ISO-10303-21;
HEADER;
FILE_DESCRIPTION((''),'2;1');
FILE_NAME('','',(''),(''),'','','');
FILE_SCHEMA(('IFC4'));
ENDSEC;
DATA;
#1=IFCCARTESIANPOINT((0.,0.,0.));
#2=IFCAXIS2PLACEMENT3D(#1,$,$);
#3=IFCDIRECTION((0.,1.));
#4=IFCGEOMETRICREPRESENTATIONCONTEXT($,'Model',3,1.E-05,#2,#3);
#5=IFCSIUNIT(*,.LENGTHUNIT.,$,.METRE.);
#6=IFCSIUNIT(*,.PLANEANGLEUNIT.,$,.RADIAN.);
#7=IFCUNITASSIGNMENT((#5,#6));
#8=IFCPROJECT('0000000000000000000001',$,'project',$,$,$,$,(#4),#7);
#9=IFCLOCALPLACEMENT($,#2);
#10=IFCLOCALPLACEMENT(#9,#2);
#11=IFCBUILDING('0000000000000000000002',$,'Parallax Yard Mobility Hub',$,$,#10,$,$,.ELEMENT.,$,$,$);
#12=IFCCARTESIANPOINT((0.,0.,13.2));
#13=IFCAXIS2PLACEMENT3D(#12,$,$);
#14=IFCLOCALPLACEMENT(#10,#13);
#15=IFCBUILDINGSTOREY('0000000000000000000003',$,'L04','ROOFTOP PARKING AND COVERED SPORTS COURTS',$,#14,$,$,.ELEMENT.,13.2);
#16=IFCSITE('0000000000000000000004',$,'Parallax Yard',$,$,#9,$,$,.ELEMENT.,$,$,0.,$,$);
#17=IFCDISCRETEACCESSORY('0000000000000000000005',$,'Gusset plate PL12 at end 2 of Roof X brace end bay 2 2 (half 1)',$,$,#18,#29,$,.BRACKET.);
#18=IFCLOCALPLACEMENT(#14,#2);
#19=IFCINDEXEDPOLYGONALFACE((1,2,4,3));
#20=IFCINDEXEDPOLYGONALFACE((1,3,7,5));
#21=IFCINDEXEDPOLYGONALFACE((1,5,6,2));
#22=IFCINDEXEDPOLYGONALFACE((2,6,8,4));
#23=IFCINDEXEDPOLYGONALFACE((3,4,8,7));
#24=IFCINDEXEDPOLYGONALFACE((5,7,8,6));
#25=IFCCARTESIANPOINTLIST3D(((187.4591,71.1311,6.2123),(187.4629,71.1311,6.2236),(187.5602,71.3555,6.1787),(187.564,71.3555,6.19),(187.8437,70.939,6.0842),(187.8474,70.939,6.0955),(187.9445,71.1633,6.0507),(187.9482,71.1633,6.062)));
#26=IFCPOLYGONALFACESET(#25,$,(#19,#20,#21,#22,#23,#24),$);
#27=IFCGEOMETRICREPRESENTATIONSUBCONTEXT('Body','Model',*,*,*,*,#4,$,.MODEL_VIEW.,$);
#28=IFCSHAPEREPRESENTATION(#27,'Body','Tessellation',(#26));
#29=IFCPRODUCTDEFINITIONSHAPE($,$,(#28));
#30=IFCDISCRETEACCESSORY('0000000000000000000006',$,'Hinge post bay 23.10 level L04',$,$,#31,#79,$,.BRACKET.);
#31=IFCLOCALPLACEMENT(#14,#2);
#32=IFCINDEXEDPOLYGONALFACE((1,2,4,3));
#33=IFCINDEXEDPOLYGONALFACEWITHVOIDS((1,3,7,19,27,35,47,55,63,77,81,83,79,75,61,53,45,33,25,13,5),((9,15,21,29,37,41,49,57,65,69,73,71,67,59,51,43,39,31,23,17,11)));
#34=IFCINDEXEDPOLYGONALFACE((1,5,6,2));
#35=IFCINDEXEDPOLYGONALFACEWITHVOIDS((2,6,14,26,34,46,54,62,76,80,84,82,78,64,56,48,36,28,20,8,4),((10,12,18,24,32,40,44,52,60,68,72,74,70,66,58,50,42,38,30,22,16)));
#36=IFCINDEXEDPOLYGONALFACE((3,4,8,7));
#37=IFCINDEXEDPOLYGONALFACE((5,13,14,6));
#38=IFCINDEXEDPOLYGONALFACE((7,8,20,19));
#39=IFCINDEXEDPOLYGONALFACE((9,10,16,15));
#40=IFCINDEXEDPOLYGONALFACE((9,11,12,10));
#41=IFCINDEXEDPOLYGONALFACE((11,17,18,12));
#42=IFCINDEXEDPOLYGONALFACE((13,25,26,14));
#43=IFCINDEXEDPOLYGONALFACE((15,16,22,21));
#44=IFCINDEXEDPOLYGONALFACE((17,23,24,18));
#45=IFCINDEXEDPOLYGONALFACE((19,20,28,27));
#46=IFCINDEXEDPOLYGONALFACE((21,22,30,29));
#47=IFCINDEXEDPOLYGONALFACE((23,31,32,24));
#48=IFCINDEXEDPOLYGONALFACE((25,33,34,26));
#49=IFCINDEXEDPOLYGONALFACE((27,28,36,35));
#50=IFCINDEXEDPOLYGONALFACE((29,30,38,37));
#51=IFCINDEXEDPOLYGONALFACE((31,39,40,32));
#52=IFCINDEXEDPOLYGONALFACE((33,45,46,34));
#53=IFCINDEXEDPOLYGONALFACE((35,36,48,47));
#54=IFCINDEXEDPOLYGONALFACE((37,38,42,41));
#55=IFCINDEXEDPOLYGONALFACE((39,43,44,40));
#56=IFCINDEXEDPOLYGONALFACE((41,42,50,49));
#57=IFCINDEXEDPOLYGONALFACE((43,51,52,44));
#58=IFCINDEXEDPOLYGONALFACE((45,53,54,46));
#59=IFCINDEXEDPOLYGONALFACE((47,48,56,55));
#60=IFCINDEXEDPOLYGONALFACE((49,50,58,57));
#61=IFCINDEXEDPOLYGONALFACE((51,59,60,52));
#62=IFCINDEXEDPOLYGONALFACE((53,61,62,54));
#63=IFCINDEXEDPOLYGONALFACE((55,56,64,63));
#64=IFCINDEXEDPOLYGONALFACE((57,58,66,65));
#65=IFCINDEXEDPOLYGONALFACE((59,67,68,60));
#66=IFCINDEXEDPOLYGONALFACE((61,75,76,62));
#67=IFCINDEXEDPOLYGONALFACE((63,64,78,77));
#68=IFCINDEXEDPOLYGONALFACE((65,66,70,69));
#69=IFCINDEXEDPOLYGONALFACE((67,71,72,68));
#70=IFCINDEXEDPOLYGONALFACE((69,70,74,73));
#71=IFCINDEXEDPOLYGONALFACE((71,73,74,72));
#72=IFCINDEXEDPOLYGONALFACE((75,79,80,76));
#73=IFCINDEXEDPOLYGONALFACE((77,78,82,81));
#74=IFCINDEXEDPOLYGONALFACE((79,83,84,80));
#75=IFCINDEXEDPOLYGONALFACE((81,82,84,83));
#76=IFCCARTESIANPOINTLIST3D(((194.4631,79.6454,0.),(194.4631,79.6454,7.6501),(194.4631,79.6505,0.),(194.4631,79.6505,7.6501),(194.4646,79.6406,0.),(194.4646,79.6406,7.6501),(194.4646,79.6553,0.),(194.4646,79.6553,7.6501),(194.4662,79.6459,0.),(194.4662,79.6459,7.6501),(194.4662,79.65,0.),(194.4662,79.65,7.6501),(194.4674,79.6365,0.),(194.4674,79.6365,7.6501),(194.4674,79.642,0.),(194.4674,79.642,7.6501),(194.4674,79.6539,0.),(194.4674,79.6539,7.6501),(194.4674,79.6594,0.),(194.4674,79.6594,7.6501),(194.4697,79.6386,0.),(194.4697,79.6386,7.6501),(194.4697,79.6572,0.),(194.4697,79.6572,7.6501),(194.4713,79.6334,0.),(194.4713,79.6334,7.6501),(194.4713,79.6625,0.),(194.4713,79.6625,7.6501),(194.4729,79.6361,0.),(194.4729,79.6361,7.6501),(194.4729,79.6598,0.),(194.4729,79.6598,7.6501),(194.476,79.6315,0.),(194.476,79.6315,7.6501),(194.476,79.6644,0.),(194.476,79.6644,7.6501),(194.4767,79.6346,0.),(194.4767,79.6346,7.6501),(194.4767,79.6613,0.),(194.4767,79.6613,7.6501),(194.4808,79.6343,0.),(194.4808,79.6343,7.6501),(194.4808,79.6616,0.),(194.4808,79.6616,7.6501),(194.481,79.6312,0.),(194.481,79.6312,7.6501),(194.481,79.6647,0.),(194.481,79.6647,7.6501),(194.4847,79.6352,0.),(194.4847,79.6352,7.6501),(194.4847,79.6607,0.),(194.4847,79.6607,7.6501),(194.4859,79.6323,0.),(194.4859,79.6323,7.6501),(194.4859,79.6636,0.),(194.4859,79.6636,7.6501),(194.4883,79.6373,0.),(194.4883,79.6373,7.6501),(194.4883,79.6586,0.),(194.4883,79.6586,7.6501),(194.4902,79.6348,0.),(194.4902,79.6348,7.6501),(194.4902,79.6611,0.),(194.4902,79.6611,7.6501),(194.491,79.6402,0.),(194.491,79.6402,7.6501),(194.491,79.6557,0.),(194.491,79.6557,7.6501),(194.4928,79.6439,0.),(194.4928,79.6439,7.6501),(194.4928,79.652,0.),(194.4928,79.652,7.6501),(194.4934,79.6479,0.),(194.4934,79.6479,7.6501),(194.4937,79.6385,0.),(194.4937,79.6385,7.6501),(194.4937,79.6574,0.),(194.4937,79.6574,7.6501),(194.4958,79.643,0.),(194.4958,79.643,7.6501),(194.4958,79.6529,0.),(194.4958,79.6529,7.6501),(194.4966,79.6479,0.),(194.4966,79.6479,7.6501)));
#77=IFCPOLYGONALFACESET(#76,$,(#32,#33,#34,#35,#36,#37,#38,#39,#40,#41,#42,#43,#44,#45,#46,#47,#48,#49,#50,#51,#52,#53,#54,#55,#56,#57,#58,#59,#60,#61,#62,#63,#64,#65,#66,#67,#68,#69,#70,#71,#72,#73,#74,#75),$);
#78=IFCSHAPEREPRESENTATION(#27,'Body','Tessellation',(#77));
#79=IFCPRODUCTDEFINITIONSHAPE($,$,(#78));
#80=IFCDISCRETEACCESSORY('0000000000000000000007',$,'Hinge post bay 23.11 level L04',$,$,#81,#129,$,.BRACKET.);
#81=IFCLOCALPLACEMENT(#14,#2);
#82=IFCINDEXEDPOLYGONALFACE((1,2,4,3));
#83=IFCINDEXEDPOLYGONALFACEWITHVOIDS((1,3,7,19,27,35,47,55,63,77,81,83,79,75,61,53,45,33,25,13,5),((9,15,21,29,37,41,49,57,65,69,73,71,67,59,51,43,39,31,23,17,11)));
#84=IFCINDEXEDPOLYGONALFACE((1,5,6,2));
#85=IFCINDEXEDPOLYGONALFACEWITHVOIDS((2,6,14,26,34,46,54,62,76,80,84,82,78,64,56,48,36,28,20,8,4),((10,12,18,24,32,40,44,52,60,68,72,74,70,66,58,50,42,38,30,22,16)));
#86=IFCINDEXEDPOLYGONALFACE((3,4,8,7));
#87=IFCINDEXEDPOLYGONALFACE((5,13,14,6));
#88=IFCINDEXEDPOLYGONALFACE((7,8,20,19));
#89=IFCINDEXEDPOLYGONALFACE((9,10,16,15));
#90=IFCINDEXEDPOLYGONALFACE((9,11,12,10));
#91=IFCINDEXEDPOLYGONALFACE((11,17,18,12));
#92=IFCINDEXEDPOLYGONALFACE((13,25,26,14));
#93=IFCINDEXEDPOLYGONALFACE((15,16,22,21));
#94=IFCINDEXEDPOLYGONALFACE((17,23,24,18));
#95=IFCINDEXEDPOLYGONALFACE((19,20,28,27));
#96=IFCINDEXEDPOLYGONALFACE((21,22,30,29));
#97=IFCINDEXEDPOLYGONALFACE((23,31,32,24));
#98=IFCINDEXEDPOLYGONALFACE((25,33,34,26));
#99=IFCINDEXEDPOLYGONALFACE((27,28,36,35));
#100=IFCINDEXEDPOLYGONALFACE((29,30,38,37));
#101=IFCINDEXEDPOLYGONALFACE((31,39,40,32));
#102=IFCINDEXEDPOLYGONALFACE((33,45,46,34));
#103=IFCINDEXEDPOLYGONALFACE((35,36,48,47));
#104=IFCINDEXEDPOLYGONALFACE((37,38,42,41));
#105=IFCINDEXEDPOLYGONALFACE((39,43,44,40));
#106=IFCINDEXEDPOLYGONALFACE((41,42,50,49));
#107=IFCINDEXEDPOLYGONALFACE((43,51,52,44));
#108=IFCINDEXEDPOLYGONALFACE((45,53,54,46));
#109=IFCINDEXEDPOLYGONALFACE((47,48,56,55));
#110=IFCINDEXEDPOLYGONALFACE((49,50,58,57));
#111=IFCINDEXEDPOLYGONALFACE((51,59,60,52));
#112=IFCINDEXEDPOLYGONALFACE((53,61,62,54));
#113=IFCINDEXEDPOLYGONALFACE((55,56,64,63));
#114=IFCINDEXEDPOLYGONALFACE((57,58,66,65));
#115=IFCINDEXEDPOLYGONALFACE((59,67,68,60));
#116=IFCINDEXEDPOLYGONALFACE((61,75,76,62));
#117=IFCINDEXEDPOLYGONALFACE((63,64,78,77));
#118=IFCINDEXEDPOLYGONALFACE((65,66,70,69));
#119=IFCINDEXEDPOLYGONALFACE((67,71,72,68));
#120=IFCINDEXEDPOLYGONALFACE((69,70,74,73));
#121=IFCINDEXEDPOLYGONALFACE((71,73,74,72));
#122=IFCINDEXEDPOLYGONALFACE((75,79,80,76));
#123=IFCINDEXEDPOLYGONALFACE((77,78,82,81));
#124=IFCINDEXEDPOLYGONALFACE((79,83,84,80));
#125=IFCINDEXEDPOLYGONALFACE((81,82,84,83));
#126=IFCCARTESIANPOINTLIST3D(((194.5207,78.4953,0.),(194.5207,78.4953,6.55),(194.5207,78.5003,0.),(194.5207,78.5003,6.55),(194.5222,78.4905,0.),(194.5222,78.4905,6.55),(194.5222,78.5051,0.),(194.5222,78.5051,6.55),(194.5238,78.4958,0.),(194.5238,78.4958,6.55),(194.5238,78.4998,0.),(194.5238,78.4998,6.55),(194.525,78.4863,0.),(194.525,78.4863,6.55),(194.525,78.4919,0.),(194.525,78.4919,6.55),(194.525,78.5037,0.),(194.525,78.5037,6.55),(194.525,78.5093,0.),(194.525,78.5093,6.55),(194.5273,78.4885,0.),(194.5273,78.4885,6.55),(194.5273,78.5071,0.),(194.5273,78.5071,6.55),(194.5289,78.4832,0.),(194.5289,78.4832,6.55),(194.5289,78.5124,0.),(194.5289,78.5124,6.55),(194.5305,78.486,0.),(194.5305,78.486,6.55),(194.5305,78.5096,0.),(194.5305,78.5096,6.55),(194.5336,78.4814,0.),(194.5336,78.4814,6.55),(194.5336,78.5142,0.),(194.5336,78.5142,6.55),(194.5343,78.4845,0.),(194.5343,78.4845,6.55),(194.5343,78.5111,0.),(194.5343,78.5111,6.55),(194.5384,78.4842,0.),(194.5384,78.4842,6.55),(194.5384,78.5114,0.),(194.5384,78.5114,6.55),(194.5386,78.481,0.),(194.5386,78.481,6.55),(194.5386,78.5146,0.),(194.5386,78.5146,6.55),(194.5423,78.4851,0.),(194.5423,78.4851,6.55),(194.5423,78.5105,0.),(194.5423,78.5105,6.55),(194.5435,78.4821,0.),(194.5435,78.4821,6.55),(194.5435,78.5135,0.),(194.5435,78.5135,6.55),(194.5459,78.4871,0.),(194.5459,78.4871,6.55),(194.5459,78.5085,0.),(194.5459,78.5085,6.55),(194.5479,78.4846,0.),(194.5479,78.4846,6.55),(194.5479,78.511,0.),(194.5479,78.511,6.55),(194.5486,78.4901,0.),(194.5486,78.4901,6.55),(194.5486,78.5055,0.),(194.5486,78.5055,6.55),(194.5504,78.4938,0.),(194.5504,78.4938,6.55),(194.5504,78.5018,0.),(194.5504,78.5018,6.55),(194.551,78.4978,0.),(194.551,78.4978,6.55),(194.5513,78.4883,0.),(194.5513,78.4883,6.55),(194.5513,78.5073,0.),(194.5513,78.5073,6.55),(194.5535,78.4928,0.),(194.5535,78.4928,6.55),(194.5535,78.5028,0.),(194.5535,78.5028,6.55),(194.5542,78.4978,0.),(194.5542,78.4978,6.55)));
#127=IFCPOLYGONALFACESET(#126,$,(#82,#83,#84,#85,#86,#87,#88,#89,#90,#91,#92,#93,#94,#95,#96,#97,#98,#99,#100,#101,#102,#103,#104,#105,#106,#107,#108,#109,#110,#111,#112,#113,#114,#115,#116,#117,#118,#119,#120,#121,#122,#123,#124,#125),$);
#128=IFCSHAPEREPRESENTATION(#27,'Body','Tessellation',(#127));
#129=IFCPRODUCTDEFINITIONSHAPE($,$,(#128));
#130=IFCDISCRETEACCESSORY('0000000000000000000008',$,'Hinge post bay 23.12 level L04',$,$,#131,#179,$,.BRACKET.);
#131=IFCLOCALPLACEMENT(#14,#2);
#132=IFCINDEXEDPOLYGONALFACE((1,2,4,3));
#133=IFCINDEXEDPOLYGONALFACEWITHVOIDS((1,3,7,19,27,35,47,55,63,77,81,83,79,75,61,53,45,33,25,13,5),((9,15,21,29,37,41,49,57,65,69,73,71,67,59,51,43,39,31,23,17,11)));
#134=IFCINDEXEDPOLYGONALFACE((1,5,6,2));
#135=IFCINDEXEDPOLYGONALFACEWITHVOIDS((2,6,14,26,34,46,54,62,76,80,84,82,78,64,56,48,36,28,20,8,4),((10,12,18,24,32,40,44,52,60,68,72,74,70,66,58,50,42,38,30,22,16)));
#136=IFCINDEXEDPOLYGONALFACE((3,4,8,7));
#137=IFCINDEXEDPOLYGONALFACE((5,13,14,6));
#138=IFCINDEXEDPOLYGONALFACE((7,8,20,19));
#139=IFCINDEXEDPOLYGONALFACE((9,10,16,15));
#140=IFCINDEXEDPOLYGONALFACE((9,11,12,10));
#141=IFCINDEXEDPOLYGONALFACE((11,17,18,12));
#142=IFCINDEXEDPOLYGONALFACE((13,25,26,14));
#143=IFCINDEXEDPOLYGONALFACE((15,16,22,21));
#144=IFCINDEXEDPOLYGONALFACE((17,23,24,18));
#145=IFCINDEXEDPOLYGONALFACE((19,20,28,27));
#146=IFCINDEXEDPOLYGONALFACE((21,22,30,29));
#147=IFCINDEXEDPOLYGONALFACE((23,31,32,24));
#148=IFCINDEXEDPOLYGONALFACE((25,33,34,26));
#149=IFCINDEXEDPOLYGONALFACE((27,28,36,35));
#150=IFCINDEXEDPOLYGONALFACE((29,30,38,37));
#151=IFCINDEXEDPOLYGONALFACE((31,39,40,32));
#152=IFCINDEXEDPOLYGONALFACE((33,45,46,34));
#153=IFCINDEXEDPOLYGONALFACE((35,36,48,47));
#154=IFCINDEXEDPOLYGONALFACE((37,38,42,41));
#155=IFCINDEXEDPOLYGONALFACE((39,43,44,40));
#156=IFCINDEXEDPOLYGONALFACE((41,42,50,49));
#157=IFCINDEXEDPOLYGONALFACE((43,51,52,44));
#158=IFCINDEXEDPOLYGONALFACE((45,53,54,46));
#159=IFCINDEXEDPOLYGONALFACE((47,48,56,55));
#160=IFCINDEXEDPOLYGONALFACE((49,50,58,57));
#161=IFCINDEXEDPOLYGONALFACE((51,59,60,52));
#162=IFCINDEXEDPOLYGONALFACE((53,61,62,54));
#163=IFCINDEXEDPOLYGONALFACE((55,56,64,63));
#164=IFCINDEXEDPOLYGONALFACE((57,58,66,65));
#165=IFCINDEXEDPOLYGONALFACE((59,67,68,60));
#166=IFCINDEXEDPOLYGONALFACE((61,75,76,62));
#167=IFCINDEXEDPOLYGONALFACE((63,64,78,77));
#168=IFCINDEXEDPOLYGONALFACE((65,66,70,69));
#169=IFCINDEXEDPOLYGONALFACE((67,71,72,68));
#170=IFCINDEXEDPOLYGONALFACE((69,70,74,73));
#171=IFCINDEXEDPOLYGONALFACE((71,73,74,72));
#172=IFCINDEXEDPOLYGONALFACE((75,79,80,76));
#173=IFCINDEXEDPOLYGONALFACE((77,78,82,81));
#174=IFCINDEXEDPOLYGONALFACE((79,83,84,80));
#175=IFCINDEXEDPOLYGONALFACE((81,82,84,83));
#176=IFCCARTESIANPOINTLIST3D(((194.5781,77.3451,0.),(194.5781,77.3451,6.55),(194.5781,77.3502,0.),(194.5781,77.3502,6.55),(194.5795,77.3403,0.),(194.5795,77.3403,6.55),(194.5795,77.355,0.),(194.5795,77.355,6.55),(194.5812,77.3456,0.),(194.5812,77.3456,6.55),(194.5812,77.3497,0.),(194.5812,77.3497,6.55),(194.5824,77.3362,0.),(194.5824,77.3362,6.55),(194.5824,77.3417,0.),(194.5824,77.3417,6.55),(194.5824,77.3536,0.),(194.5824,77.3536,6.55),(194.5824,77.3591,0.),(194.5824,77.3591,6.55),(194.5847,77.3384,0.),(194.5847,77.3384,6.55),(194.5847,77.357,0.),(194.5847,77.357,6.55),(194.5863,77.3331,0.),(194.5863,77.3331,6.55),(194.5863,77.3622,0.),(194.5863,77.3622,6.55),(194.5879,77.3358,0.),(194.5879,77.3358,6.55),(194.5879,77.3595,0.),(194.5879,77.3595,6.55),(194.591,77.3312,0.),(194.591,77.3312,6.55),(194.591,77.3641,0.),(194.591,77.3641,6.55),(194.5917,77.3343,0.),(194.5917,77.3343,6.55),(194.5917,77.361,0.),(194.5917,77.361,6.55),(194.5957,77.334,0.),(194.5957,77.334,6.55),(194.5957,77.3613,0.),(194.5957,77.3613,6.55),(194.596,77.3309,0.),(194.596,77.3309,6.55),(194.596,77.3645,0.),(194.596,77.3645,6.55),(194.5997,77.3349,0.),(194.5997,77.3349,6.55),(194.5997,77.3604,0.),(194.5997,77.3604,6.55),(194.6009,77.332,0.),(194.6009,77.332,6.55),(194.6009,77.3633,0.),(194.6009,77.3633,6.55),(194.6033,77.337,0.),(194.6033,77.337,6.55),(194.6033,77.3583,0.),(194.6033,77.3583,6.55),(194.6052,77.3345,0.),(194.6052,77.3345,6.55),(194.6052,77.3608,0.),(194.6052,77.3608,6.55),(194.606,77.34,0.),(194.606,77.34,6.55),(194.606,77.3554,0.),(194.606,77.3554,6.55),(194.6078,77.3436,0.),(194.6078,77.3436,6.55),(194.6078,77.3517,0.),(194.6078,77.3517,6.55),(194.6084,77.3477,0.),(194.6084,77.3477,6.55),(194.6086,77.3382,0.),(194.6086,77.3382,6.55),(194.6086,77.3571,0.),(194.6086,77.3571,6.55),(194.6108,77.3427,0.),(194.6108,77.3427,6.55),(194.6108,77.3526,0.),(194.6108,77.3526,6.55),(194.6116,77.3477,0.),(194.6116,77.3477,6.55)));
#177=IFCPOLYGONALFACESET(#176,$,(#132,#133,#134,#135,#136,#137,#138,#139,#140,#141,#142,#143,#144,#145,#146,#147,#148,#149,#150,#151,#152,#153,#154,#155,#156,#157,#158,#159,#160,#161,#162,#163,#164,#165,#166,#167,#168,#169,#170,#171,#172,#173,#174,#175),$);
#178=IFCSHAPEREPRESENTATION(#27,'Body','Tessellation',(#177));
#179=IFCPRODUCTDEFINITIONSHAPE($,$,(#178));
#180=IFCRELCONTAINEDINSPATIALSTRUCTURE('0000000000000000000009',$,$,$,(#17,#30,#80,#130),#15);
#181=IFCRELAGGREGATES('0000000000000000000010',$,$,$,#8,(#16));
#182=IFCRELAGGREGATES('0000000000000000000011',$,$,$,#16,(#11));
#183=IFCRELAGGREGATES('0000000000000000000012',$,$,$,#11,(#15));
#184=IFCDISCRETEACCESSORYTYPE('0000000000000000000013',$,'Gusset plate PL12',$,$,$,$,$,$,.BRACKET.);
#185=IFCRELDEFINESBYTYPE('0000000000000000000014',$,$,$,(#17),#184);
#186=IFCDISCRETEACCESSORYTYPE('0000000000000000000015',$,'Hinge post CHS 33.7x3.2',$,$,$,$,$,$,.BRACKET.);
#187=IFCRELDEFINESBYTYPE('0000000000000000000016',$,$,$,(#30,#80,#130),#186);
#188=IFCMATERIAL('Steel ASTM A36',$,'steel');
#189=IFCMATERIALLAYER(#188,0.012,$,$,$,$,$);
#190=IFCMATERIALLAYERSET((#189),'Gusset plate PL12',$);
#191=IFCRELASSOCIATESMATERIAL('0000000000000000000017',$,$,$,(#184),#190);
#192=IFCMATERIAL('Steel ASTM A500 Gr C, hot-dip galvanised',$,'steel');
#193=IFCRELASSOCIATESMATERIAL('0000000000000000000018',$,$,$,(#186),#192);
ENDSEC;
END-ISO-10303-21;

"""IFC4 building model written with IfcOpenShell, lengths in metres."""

from ifc_helpers import new_model, si_unit, direction, frame, origin, origin_2d, place, context, subcontext, project, spatial, polyline, hollow_circle, outline, extrude, material, layer, layer_set, material_profile, profile_set, type_object, element, save


model = new_model("IFC4")

# Units and contexts
model_context = context("Model", 3, precision=1e-05, world=origin(), true_north=direction((0.0, 1.0)))
body_context = subcontext(model_context, "Body", "Model", "MODEL_VIEW")
ifc_project = project(units=[si_unit("LENGTHUNIT", "METRE"), si_unit("PLANEANGLEUNIT", "RADIAN")], contexts=[model_context])

# Site, building, storey
site_placement = place(None, origin())
site = spatial("IfcSite", under=ifc_project, at=site_placement, Name="Parallax Yard", CompositionType="ELEMENT", RefElevation=0.0)
building_placement = place(site_placement, origin())
building = spatial("IfcBuilding", under=site, at=building_placement, Name="Parallax Yard Mobility Hub", CompositionType="ELEMENT")
storey_placement = place(building_placement, frame((0.0, 0.0, 13.2)))
storey = spatial("IfcBuildingStorey", under=building, at=storey_placement, Name="L04", Description="ROOFTOP PARKING AND COVERED SPORTS COURTS", CompositionType="ELEMENT", Elevation=13.2)

# Discrete accessories
ifc_material_1 = material(Name="Steel ASTM A36", Category="steel")
ifc_layer_1 = layer(ifc_material_1, 0.012)
ifc_layer_set_1 = layer_set([ifc_layer_1], Name="Gusset plate PL12")
discrete_accessory_type_1 = type_object("IfcDiscreteAccessoryType", Name="Gusset plate PL12", PredefinedType="BRACKET", material=ifc_layer_set_1)
discrete_accessory_1_placement = place(storey_placement, frame((187.9482, 71.1633, 6.062), z_axis=(0.315954, -0.000207, 0.948775), x_axis=(-0.857177, 0.428616, 0.285544)))
element("IfcDiscreteAccessory", 1, at=discrete_accessory_1_placement, inside=storey, type_object=discrete_accessory_type_1, Name="Gusset plate PL12 at end 2 of Roof X brace end bay 2 2 (half 1)", PredefinedType="BRACKET", context=body_context, shape_type="SweptSolid", body=[
    extrude(outline(polyline([(0.0, 0.0), (0.4483, 0.0), (0.4484, 0.2484), (-0.0002, 0.2482), (0.0, 0.0)])), origin(), (0.0, 0.0, -1.0), 0.012),
])
ifc_material_2 = material(Name="Steel ASTM A500 Gr C, hot-dip galvanised", Category="steel")
ifc_material_profile_1 = material_profile(ifc_material_2, hollow_circle(Radius=0.0168, WallThickness=0.0032, at=origin_2d()), Name="CHS 33.7x3.2")
ifc_profile_set_1 = profile_set([ifc_material_profile_1], Name="Steel ASTM A500 Gr C, hot-dip galvanised")
discrete_accessory_type_2 = type_object("IfcDiscreteAccessoryType", Name="Hinge post CHS 33.7x3.2", PredefinedType="BRACKET", material=ifc_profile_set_1)
discrete_accessory_2_placement = place(storey_placement, frame((194.4797, 79.6479, 0.0), z_axis=(0.0, 0.0, 1.0), x_axis=(1.0, 0.0, 0.0)))
element("IfcDiscreteAccessory", 2, at=discrete_accessory_2_placement, inside=storey, type_object=discrete_accessory_type_2, Name="Hinge post bay 23.10 level L04", PredefinedType="BRACKET", context=body_context, shape_type="SweptSolid", body=[
    extrude(hollow_circle(Radius=0.0168, WallThickness=0.0032, at=origin_2d()), origin(), (0.0, 0.0, 1.0), 7.6501),
])
for number, where, z_axis, x_axis, name in (
    (3, (194.5374, 78.4978, 0.0), (0.0, 0.0, 1.0), (1.0, 0.0, 0.0), "Hinge post bay 23.11 level L04"),
    (4, (194.5947, 77.3477, 0.0), (0.0, 0.0, 1.0), (1.0, 0.0, 0.0), "Hinge post bay 23.12 level L04"),
):
    element("IfcDiscreteAccessory", number, at=place(storey_placement, frame(where, z_axis=z_axis, x_axis=x_axis)), inside=storey, type_object=discrete_accessory_type_2, Name=name, PredefinedType="BRACKET", context=body_context, shape_type="SweptSolid", body=[
        extrude(hollow_circle(Radius=0.0168, WallThickness=0.0032, at=origin_2d()), origin(), (0.0, 0.0, 1.0), 6.55),
    ])

save(model, "model.ifc")
